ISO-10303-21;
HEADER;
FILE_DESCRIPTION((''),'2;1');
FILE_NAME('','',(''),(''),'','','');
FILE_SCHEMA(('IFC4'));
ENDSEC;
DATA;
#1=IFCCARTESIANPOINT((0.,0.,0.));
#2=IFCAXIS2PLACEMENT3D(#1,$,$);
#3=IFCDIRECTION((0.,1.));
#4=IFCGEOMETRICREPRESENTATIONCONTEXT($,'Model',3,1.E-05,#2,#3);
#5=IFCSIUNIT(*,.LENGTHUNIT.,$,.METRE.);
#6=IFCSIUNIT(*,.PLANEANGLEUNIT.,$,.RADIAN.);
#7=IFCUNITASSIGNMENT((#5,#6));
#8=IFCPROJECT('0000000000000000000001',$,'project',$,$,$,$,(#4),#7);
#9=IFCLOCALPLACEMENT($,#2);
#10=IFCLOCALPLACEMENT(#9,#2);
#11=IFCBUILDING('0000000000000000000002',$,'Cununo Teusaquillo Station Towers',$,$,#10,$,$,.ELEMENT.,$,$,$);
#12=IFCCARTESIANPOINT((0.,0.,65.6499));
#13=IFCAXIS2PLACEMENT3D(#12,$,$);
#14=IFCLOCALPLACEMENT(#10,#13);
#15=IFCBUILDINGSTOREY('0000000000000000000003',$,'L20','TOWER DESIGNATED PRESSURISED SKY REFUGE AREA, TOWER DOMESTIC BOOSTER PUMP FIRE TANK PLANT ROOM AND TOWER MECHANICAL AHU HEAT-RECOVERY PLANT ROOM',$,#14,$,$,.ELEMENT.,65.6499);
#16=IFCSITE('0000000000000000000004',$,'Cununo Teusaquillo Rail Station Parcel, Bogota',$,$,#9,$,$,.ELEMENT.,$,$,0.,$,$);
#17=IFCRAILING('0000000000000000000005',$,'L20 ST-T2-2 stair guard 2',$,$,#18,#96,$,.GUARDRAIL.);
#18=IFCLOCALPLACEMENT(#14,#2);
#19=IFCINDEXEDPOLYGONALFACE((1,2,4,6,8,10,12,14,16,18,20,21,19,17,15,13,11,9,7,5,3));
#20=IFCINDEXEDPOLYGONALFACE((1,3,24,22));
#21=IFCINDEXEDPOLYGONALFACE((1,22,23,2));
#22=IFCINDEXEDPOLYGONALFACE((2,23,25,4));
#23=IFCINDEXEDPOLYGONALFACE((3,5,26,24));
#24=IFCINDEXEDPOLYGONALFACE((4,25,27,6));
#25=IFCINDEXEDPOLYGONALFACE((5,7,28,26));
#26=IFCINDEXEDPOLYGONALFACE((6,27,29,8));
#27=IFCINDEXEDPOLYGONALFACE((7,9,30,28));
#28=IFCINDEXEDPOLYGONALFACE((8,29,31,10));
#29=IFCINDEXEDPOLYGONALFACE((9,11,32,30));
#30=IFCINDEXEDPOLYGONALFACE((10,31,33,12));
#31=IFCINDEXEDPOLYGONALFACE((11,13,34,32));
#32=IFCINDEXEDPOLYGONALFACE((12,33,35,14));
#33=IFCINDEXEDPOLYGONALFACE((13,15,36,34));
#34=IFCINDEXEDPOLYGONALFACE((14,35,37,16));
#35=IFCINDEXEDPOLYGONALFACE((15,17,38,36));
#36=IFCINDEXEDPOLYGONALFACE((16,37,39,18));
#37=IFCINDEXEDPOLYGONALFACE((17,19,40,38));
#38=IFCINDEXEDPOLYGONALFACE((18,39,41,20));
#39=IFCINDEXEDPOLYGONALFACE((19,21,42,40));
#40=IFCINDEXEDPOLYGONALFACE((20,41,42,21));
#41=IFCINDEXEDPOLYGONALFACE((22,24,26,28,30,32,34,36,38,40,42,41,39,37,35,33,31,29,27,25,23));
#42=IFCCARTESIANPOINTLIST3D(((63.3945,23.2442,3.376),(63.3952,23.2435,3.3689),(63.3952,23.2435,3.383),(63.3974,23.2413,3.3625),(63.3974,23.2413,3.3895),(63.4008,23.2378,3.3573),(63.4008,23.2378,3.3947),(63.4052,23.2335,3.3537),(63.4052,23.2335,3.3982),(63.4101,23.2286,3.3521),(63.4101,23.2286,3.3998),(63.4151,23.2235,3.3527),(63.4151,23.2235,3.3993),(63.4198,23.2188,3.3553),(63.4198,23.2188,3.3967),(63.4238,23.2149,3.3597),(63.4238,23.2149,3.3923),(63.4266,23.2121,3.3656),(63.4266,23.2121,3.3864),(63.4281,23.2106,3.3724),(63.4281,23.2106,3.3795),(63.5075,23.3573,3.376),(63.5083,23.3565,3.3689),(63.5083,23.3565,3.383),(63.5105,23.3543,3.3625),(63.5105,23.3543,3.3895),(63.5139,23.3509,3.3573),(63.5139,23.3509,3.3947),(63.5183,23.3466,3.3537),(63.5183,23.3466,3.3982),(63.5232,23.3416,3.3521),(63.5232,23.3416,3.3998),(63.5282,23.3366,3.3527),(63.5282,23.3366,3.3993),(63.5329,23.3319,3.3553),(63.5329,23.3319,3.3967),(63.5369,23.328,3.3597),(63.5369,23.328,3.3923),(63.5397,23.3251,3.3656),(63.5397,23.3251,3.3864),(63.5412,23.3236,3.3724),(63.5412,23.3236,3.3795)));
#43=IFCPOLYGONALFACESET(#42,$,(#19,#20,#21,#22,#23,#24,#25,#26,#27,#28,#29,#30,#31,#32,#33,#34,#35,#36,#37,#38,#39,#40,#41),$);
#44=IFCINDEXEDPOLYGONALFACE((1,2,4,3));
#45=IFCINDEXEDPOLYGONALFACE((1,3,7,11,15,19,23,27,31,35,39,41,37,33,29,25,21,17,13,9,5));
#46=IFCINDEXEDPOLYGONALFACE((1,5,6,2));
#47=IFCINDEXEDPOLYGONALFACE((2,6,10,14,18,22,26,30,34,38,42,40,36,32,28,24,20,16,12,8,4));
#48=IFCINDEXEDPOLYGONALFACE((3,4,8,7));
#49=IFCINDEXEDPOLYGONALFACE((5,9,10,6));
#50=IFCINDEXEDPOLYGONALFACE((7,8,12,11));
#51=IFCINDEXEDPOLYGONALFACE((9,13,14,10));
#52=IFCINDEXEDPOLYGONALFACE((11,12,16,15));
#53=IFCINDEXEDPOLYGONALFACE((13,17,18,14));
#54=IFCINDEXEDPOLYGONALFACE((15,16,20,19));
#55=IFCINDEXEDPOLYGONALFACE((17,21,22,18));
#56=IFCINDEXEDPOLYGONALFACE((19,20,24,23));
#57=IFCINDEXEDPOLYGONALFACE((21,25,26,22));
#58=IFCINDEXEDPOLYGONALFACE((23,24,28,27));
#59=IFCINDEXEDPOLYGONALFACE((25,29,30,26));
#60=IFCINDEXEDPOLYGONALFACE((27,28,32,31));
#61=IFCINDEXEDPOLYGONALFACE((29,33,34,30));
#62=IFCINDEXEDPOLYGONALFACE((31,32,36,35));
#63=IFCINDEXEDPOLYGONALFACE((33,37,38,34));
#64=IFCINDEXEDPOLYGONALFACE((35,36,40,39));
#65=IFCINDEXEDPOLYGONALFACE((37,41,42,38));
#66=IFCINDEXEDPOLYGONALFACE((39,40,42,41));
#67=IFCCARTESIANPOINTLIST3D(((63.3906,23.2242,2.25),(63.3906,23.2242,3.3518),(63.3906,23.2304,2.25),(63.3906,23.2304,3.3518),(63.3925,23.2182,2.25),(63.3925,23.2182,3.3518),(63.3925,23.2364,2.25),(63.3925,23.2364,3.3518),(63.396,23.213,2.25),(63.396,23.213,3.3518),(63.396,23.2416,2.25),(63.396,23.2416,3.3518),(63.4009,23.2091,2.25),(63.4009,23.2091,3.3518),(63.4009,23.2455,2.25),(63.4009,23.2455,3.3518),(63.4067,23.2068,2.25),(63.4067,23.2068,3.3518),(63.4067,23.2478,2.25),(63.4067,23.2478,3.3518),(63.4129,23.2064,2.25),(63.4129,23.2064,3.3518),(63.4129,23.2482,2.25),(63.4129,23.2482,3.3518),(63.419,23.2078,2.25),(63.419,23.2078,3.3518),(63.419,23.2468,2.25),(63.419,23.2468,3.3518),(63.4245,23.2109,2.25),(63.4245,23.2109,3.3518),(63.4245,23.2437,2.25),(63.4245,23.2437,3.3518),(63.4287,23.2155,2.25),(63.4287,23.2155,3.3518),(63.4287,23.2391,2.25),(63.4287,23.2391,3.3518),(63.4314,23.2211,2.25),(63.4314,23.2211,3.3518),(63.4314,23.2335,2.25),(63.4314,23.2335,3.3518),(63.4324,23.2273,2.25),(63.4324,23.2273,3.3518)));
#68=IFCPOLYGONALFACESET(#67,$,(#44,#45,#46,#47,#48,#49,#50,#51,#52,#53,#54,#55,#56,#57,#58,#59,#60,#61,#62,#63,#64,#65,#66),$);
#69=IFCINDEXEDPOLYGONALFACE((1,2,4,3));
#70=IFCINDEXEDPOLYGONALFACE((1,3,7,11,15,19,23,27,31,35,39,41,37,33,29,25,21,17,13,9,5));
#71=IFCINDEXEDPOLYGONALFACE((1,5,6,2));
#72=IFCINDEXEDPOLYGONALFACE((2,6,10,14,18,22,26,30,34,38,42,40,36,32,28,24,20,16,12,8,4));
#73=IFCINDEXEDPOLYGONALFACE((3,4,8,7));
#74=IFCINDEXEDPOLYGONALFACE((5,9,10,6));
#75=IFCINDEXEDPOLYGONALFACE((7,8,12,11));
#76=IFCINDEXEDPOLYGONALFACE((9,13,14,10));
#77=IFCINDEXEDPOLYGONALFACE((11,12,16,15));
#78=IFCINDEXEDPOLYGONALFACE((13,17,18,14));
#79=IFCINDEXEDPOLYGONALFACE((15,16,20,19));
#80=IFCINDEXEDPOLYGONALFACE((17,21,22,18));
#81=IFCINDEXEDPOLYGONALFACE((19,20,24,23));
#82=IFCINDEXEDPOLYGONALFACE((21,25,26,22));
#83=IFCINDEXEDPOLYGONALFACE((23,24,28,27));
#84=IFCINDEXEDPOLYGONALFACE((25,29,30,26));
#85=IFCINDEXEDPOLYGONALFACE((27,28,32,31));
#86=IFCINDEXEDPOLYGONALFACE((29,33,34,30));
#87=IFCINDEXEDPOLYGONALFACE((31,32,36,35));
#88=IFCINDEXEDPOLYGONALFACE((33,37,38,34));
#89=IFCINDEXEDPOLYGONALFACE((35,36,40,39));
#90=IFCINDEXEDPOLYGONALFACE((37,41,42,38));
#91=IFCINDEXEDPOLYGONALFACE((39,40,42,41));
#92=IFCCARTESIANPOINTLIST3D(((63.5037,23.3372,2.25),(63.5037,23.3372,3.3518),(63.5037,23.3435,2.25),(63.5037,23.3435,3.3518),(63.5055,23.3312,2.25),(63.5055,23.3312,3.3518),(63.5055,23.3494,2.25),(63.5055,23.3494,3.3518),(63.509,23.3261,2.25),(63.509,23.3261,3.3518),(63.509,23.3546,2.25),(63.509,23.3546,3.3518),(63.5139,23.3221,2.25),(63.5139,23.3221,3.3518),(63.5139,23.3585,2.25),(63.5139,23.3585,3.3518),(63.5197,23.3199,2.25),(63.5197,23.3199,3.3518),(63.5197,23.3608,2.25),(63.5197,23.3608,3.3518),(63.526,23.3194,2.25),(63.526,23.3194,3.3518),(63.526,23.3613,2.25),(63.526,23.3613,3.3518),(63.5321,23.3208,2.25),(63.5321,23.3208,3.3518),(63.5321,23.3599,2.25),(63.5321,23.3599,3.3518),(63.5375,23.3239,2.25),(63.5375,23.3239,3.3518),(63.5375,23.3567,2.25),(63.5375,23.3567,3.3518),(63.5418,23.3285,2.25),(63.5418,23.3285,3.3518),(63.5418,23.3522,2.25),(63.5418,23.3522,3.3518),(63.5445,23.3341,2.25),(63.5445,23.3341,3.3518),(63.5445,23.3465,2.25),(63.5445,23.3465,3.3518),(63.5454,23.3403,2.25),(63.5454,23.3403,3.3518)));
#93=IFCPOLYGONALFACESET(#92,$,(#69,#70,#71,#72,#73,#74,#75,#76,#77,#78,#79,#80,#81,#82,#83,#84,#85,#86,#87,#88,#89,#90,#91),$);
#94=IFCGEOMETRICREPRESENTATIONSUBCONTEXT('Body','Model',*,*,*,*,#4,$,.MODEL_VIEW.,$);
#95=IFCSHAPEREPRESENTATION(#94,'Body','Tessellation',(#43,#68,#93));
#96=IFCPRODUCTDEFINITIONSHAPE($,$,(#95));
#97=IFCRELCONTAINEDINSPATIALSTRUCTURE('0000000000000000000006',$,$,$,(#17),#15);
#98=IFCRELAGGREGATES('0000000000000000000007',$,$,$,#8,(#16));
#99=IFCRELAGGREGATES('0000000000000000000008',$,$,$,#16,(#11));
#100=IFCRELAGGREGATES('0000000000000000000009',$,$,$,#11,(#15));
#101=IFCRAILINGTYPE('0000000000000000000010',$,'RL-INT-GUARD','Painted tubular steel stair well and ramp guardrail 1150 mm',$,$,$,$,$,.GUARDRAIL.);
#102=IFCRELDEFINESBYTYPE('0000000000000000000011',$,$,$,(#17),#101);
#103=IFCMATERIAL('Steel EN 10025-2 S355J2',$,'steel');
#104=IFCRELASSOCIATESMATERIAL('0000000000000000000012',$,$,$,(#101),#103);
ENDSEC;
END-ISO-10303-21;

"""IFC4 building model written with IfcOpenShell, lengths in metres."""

from ifc_helpers import new_model, si_unit, direction, frame, origin, origin_2d, place, context, subcontext, project, spatial, circle, extrude, material, type_object, element, save


model = new_model("IFC4")

# Units and contexts
model_context = context("Model", 3, precision=1e-05, world=origin(), true_north=direction((0.0, 1.0)))
body_context = subcontext(model_context, "Body", "Model", "MODEL_VIEW")
ifc_project = project(units=[si_unit("LENGTHUNIT", "METRE"), si_unit("PLANEANGLEUNIT", "RADIAN")], contexts=[model_context])

# Site, building, storey
site_placement = place(None, origin())
site = spatial("IfcSite", under=ifc_project, at=site_placement, Name="Cununo Teusaquillo Rail Station Parcel, Bogota", CompositionType="ELEMENT", RefElevation=0.0)
building_placement = place(site_placement, origin())
building = spatial("IfcBuilding", under=site, at=building_placement, Name="Cununo Teusaquillo Station Towers", CompositionType="ELEMENT")
storey_placement = place(building_placement, frame((0.0, 0.0, 65.6499)))
storey = spatial("IfcBuildingStorey", under=building, at=storey_placement, Name="L20", Description="TOWER DESIGNATED PRESSURISED SKY REFUGE AREA, TOWER DOMESTIC BOOSTER PUMP FIRE TANK PLANT ROOM AND TOWER MECHANICAL AHU HEAT-RECOVERY PLANT ROOM", CompositionType="ELEMENT", Elevation=65.6499)

# Railing
ifc_material_1 = material(Name="Steel EN 10025-2 S355J2", Category="steel")
railing_type_1 = type_object("IfcRailingType", Name="RL-INT-GUARD", Description="Painted tubular steel stair well and ramp guardrail 1150 mm", PredefinedType="GUARDRAIL", material=ifc_material_1)
railing_1_placement = place(storey_placement, frame((63.4114, 23.2273, 2.25)))
element("IfcRailing", 1, at=railing_1_placement, inside=storey, type_object=railing_type_1, Name="L20 ST-T2-2 stair guard 2", PredefinedType="GUARDRAIL", context=body_context, shape_type="SweptSolid", body=[
    extrude(circle(Radius=0.0239, at=origin_2d()), frame((0.0, 0.0, 1.126), z_axis=(0.707107, 0.707107, 0.0), x_axis=(-0.707107, 0.707107, 0.0)), (0.0, 0.0, 1.0), 0.1599),
    extrude(circle(Radius=0.021, at=origin_2d()), origin(), (0.0, 0.0, 1.0), 1.1018),
    extrude(circle(Radius=0.021, at=origin_2d()), frame((0.113, 0.113, 0.0)), (0.0, 0.0, 1.0), 1.1018),
])

save(model, "model.ifc")
